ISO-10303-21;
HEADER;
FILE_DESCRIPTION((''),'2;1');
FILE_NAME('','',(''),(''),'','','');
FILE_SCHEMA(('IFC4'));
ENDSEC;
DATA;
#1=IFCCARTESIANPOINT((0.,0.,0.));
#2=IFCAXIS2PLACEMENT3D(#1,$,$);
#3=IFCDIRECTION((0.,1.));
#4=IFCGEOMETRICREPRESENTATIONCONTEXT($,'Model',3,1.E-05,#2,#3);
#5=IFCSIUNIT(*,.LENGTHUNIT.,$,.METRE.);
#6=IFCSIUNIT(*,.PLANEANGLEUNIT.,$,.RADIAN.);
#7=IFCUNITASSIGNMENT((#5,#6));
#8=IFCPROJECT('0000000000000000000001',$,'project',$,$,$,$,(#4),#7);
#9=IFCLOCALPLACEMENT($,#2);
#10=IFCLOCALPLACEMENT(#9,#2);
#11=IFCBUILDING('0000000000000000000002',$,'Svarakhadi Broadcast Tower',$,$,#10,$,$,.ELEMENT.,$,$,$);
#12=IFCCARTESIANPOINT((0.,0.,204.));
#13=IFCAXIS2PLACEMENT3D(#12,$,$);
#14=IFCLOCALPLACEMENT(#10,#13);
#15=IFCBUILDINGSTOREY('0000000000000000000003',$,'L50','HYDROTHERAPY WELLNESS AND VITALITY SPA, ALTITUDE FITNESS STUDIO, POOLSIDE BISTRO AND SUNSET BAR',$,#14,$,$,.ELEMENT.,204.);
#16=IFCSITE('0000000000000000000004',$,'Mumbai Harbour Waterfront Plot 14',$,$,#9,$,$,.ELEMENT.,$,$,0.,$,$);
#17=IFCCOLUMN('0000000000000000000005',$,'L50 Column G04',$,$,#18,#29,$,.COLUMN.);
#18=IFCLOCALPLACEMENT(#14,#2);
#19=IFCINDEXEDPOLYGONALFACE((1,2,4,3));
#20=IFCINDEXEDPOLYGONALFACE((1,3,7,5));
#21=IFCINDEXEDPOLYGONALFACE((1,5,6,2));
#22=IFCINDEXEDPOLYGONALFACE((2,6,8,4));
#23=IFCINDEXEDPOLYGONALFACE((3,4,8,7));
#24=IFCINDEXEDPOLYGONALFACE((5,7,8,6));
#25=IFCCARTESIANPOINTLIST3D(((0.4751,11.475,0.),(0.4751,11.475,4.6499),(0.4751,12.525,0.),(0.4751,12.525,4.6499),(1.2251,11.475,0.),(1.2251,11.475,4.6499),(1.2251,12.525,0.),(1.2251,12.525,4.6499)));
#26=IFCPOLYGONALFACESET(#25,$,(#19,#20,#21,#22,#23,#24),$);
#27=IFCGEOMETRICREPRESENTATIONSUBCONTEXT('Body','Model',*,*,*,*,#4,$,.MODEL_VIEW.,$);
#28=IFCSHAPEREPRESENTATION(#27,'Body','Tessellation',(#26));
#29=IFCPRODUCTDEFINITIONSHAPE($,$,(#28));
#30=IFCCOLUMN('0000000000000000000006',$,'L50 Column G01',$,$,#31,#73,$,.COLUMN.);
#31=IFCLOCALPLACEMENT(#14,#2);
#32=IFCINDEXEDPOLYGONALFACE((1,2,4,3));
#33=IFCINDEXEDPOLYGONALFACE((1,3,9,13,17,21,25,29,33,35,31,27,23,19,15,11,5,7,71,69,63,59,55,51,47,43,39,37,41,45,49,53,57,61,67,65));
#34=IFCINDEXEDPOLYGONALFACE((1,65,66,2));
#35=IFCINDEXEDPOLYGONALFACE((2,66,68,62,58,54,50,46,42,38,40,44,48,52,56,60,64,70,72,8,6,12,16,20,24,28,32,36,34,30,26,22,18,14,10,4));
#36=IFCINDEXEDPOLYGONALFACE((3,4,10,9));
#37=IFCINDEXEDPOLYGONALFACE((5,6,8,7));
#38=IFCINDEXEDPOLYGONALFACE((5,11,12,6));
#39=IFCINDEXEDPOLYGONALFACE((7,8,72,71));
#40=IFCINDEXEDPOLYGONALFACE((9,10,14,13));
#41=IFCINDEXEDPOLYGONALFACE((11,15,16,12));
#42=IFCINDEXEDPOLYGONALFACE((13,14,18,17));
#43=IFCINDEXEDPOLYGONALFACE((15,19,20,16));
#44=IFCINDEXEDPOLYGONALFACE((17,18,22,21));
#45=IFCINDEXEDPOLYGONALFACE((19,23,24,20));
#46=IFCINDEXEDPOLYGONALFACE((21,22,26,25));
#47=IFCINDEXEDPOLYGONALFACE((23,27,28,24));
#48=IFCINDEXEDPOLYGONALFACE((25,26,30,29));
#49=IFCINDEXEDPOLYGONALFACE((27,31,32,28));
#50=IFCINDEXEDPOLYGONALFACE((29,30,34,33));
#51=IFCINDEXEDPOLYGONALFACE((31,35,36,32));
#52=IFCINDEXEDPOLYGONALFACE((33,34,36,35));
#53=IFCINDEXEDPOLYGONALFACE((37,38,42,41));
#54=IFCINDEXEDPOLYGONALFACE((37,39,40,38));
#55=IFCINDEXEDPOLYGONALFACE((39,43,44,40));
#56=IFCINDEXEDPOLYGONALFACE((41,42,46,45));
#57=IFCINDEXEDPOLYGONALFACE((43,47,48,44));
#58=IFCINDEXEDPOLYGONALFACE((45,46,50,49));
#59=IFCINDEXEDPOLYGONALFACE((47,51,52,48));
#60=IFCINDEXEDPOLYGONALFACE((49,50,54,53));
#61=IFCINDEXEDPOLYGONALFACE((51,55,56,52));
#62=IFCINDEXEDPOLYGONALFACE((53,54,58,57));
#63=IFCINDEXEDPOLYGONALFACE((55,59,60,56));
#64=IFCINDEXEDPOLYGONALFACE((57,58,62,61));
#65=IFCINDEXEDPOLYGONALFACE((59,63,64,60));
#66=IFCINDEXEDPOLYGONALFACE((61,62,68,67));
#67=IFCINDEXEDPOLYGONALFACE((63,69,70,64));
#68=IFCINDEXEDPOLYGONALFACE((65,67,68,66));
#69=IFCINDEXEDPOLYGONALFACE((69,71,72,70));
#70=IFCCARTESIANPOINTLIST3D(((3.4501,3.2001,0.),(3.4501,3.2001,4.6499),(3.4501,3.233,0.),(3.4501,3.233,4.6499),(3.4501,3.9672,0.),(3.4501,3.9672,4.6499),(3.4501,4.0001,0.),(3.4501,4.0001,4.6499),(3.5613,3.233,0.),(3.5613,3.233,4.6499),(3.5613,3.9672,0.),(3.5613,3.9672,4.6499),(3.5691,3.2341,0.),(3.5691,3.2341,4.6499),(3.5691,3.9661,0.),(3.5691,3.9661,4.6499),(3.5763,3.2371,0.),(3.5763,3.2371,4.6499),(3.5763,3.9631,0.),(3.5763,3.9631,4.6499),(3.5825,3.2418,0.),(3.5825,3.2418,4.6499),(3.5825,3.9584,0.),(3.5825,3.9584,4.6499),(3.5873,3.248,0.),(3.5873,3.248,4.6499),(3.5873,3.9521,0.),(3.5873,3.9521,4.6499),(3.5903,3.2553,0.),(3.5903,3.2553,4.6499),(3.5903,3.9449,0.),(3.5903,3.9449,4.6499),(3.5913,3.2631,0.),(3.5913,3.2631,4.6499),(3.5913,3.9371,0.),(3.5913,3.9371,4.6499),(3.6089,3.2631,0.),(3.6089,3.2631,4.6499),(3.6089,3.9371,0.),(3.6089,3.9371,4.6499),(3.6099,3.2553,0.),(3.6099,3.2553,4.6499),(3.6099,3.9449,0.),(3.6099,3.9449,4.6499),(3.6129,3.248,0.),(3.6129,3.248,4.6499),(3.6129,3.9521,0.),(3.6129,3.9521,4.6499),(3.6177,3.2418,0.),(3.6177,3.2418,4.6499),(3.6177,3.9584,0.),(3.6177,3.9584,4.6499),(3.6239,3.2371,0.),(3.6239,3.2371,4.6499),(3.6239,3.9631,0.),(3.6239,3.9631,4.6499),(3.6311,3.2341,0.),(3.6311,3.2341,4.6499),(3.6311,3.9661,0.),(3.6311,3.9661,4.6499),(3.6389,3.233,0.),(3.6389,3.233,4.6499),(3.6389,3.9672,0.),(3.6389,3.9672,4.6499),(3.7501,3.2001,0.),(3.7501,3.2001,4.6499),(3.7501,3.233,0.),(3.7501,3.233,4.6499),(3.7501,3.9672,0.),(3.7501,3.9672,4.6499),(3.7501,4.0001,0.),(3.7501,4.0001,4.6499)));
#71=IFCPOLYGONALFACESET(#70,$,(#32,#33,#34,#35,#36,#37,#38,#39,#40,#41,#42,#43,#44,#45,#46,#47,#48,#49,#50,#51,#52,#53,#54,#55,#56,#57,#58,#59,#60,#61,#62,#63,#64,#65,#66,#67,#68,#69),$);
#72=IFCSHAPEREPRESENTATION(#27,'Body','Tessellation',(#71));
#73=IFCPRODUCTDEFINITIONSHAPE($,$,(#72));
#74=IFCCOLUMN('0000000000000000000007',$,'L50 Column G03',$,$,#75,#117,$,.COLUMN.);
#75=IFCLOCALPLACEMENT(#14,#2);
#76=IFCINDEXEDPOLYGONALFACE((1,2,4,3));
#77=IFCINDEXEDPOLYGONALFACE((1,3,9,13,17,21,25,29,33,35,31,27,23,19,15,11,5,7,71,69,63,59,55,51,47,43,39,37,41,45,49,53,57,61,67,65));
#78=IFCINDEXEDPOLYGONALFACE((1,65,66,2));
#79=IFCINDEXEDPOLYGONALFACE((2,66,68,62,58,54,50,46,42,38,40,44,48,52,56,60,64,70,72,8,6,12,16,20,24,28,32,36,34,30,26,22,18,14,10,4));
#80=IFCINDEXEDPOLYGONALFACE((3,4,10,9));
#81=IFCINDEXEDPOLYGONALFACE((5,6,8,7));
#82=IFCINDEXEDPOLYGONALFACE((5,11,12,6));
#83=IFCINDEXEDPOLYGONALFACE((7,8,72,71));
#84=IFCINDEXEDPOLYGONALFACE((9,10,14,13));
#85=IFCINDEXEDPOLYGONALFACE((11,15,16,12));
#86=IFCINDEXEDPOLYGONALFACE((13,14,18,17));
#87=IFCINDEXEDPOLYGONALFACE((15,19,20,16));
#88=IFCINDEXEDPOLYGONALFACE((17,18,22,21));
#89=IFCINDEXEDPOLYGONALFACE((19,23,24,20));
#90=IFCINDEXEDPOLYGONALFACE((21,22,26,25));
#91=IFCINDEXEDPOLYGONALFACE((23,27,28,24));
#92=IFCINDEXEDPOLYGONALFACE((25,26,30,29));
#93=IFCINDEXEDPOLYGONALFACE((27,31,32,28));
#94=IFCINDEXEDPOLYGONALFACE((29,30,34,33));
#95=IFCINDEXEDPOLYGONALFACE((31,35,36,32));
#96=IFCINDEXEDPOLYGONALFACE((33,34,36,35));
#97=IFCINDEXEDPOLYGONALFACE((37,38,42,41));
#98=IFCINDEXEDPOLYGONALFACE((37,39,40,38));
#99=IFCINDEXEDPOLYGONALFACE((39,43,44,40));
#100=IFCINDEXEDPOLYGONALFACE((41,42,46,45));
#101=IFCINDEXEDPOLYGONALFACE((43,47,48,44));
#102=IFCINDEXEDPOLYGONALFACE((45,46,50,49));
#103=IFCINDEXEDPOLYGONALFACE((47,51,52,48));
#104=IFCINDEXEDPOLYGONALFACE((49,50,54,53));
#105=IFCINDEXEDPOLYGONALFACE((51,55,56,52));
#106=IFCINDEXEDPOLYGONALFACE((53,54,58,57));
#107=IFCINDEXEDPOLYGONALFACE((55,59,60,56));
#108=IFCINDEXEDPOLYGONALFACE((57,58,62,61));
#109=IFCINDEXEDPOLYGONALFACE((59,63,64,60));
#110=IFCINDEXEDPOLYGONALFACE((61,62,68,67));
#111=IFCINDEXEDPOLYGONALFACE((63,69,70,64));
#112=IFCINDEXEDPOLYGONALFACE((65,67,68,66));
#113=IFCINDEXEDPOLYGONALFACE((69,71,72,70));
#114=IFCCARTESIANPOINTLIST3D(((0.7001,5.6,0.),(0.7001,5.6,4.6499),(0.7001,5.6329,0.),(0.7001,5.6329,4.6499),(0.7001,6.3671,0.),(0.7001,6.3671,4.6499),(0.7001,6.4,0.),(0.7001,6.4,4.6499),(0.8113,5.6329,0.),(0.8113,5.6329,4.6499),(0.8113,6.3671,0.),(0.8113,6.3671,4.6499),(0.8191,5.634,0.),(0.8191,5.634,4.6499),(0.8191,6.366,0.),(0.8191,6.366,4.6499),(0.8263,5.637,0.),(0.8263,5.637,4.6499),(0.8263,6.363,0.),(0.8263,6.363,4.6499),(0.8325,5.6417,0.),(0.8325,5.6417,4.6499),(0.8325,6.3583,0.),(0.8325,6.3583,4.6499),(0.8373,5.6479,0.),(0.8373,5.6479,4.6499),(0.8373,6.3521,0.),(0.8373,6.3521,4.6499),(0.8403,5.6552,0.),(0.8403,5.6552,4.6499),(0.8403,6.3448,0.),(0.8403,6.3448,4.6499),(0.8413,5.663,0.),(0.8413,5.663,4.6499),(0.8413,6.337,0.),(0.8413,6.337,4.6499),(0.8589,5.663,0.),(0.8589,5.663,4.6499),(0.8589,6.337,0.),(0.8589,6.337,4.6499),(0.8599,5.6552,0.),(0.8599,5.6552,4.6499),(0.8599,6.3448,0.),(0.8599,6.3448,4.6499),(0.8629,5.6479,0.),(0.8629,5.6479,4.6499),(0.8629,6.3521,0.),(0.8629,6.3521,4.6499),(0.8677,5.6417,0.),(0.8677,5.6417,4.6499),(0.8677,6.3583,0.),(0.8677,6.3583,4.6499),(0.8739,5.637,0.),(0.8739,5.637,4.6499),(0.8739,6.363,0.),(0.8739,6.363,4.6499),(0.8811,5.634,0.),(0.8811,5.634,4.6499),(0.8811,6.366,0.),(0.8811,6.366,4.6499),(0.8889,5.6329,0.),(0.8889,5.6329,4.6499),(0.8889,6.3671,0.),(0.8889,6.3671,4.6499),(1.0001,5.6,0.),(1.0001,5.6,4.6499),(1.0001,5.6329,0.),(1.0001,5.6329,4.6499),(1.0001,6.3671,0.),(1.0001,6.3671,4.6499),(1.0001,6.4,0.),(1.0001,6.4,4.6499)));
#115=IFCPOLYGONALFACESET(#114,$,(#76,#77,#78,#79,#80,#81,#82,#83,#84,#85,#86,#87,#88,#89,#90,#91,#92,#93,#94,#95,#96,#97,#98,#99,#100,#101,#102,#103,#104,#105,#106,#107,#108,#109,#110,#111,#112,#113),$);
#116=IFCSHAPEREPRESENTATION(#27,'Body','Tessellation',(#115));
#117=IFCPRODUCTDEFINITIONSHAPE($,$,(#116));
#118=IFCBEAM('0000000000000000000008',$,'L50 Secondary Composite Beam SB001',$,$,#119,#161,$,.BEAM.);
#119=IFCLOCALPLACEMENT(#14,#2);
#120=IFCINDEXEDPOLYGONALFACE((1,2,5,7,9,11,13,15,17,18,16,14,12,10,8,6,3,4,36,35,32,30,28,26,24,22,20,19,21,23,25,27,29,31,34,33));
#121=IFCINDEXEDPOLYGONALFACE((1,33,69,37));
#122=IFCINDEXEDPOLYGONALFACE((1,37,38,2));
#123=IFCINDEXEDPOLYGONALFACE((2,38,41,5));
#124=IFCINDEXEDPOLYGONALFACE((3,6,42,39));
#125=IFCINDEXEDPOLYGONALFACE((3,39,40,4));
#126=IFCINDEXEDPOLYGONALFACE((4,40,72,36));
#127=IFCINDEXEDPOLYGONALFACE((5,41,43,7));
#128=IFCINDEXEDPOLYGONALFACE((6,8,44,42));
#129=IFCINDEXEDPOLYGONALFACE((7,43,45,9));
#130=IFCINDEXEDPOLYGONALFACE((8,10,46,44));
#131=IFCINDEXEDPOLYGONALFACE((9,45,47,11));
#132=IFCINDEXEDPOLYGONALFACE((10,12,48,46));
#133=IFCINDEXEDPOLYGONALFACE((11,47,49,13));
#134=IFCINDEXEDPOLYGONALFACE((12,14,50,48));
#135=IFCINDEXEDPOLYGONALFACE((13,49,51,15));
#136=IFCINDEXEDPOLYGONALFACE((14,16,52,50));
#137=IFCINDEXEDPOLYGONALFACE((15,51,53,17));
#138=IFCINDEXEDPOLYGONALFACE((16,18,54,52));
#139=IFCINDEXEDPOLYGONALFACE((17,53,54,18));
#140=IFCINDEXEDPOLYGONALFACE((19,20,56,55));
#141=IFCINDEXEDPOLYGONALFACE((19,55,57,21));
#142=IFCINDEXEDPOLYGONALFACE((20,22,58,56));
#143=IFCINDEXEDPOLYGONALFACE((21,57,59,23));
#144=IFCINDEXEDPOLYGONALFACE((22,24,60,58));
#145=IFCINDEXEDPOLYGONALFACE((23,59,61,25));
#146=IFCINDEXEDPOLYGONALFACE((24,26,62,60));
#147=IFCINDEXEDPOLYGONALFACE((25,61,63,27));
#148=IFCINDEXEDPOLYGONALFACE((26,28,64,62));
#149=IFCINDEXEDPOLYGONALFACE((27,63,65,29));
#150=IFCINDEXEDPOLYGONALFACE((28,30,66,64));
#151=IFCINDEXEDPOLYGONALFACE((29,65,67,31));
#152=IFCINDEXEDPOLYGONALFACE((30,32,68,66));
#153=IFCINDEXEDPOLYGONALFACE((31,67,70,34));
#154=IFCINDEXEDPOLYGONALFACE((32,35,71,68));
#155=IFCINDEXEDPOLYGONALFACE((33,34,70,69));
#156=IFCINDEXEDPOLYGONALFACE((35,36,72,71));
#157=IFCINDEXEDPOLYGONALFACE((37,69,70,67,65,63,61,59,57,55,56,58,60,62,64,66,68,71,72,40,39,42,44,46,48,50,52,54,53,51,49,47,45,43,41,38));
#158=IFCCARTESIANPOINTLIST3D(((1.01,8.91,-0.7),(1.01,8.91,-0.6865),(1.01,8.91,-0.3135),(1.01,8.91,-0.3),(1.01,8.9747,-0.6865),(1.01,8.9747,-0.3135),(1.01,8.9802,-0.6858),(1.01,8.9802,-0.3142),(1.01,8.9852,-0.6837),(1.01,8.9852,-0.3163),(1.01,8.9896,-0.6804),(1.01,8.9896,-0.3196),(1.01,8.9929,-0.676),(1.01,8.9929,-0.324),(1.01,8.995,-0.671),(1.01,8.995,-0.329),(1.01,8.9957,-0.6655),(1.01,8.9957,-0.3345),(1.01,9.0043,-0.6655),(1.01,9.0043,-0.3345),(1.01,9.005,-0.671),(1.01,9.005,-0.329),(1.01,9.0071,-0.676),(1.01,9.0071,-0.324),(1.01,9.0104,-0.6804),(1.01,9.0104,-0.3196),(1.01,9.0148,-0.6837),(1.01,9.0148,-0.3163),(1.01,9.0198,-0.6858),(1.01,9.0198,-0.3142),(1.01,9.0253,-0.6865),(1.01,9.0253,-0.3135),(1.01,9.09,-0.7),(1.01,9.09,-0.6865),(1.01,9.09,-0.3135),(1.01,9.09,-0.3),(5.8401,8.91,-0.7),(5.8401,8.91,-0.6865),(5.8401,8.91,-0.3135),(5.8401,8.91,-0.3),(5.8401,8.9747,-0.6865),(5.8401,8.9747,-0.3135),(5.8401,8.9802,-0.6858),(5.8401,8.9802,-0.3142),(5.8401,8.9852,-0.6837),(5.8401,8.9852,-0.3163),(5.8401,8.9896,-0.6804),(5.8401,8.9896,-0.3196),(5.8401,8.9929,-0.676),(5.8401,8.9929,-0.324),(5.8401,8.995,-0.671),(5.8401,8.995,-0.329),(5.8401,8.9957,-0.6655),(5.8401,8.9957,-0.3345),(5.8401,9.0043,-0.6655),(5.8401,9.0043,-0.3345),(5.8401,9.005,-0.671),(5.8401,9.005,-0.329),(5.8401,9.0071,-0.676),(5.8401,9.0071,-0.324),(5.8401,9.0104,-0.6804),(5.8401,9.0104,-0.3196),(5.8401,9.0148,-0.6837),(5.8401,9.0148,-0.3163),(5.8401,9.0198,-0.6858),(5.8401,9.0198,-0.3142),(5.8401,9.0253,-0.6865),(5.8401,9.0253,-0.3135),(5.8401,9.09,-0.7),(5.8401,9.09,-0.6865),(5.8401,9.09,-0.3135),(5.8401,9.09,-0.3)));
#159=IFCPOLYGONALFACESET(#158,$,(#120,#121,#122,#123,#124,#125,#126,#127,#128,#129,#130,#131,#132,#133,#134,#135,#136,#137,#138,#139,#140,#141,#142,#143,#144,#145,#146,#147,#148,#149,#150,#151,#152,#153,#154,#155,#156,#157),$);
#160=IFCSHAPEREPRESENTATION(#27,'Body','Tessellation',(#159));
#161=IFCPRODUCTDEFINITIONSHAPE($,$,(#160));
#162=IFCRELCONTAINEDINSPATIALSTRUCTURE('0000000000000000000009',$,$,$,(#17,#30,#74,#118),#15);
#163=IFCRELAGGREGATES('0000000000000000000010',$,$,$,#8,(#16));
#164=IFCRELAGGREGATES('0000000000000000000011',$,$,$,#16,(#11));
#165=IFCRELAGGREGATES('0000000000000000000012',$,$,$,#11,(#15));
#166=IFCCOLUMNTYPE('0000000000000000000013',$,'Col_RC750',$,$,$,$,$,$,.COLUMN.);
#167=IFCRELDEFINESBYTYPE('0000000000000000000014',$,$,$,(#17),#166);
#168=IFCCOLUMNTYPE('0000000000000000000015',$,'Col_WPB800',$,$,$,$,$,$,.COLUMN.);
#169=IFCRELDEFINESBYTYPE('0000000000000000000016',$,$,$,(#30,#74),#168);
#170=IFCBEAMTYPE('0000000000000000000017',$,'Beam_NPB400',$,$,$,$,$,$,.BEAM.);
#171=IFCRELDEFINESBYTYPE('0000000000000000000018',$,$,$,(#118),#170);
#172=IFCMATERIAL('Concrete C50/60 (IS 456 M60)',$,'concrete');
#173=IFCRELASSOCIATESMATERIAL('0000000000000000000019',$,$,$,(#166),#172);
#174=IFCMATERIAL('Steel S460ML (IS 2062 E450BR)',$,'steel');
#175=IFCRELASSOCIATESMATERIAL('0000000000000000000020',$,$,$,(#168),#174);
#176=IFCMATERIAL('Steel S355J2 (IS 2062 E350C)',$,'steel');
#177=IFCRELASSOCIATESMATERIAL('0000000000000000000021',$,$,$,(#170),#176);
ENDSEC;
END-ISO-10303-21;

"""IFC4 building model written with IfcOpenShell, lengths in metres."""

from ifc_helpers import new_model, si_unit, direction, frame, origin, origin_2d, place, context, subcontext, project, spatial, rectangle, i_section, extrude, material, material_profile, profile_set, type_object, element, save


model = new_model("IFC4")

# Units and contexts
model_context = context("Model", 3, precision=1e-05, world=origin(), true_north=direction((0.0, 1.0)))
body_context = subcontext(model_context, "Body", "Model", "MODEL_VIEW")
ifc_project = project(units=[si_unit("LENGTHUNIT", "METRE"), si_unit("PLANEANGLEUNIT", "RADIAN")], contexts=[model_context])

# Site, building, storey
site_placement = place(None, origin())
site = spatial("IfcSite", under=ifc_project, at=site_placement, Name="Mumbai Harbour Waterfront Plot 14", CompositionType="ELEMENT", RefElevation=0.0)
building_placement = place(site_placement, origin())
building = spatial("IfcBuilding", under=site, at=building_placement, Name="Svarakhadi Broadcast Tower", CompositionType="ELEMENT")
storey_placement = place(building_placement, frame((0.0, 0.0, 204.0)))
storey = spatial("IfcBuildingStorey", under=building, at=storey_placement, Name="L50", Description="HYDROTHERAPY WELLNESS AND VITALITY SPA, ALTITUDE FITNESS STUDIO, POOLSIDE BISTRO AND SUNSET BAR", CompositionType="ELEMENT", Elevation=204.0)

# Columns
ifc_material_1 = material(Name="Concrete C50/60 (IS 456 M60)", Category="concrete")
ifc_material_profile_1 = material_profile(ifc_material_1, rectangle(XDim=0.75, YDim=1.05, at=origin_2d()), Name="RC 750x1050")
ifc_profile_set_1 = profile_set([ifc_material_profile_1], Name="Concrete C50/60 (IS 456 M60)")
column_type_1 = type_object("IfcColumnType", Name="Col_RC750", PredefinedType="COLUMN", material=ifc_profile_set_1)
column_placement = place(storey_placement, frame((0.8501, 12.0, 0.0), z_axis=(0.0, 0.0, 1.0), x_axis=(1.0, 0.0, 0.0)))
element("IfcColumn", 1, at=column_placement, inside=storey, type_object=column_type_1, Name="L50 Column G04", PredefinedType="COLUMN", context=body_context, shape_type="SweptSolid", body=[
    extrude(rectangle(XDim=0.75, YDim=1.05, at=origin_2d()), origin(), (0.0, 0.0, 1.0), 4.6499),
])
ifc_material_2 = material(Name="Steel S460ML (IS 2062 E450BR)", Category="steel")
ifc_material_profile_2 = material_profile(ifc_material_2, i_section(OverallWidth=0.3, OverallDepth=0.8, WebThickness=0.0176, FlangeThickness=0.033, FilletRadius=0.03, at=origin_2d()), Name="WPB 800x300x262")
ifc_profile_set_2 = profile_set([ifc_material_profile_2], Name="Steel S460ML (IS 2062 E450BR)")
column_type_2 = type_object("IfcColumnType", Name="Col_WPB800", PredefinedType="COLUMN", material=ifc_profile_set_2)
for number, where, z_axis, x_axis, name in (
    (2, (3.6001, 3.6001, 0.0), (0.0, 0.0, 1.0), (1.0, 0.0, 0.0), "L50 Column G01"),
    (3, (0.8501, 6.0, 0.0), (0.0, 0.0, 1.0), (1.0, 0.0, 0.0), "L50 Column G03"),
):
    element("IfcColumn", number, at=place(storey_placement, frame(where, z_axis=z_axis, x_axis=x_axis)), inside=storey, type_object=column_type_2, Name=name, PredefinedType="COLUMN", context=body_context, shape_type="SweptSolid", body=[
        extrude(i_section(OverallWidth=0.3, OverallDepth=0.8, WebThickness=0.0176, FlangeThickness=0.033, FilletRadius=0.03, at=origin_2d()), origin(), (0.0, 0.0, 1.0), 4.6499),
    ])

# Beam
ifc_material_3 = material(Name="Steel S355J2 (IS 2062 E350C)", Category="steel")
ifc_material_profile_3 = material_profile(ifc_material_3, i_section(OverallWidth=0.1799, OverallDepth=0.3999, WebThickness=0.0085, FlangeThickness=0.0134, FilletRadius=0.021, at=origin_2d()), Name="NPB 400x180x66")
ifc_profile_set_3 = profile_set([ifc_material_profile_3], Name="Steel S355J2 (IS 2062 E350C)")
beam_type_1 = type_object("IfcBeamType", Name="Beam_NPB400", PredefinedType="BEAM", material=ifc_profile_set_3)
for number, where, z_axis, x_axis, name in (
    (4, (1.01, 9.0, -0.5), (1.0, 0.0, 0.0), (0.0, 1.0, 0.0), "L50 Secondary Composite Beam SB001"),
):
    element("IfcBeam", number, at=place(storey_placement, frame(where, z_axis=z_axis, x_axis=x_axis)), inside=storey, type_object=beam_type_1, Name=name, PredefinedType="BEAM", context=body_context, shape_type="SweptSolid", body=[
        extrude(i_section(OverallWidth=0.1799, OverallDepth=0.3999, WebThickness=0.0085, FlangeThickness=0.0134, FilletRadius=0.021, at=origin_2d()), origin(), (0.0, 0.0, 1.0), 4.8301),
    ])

save(model, "model.ifc")
